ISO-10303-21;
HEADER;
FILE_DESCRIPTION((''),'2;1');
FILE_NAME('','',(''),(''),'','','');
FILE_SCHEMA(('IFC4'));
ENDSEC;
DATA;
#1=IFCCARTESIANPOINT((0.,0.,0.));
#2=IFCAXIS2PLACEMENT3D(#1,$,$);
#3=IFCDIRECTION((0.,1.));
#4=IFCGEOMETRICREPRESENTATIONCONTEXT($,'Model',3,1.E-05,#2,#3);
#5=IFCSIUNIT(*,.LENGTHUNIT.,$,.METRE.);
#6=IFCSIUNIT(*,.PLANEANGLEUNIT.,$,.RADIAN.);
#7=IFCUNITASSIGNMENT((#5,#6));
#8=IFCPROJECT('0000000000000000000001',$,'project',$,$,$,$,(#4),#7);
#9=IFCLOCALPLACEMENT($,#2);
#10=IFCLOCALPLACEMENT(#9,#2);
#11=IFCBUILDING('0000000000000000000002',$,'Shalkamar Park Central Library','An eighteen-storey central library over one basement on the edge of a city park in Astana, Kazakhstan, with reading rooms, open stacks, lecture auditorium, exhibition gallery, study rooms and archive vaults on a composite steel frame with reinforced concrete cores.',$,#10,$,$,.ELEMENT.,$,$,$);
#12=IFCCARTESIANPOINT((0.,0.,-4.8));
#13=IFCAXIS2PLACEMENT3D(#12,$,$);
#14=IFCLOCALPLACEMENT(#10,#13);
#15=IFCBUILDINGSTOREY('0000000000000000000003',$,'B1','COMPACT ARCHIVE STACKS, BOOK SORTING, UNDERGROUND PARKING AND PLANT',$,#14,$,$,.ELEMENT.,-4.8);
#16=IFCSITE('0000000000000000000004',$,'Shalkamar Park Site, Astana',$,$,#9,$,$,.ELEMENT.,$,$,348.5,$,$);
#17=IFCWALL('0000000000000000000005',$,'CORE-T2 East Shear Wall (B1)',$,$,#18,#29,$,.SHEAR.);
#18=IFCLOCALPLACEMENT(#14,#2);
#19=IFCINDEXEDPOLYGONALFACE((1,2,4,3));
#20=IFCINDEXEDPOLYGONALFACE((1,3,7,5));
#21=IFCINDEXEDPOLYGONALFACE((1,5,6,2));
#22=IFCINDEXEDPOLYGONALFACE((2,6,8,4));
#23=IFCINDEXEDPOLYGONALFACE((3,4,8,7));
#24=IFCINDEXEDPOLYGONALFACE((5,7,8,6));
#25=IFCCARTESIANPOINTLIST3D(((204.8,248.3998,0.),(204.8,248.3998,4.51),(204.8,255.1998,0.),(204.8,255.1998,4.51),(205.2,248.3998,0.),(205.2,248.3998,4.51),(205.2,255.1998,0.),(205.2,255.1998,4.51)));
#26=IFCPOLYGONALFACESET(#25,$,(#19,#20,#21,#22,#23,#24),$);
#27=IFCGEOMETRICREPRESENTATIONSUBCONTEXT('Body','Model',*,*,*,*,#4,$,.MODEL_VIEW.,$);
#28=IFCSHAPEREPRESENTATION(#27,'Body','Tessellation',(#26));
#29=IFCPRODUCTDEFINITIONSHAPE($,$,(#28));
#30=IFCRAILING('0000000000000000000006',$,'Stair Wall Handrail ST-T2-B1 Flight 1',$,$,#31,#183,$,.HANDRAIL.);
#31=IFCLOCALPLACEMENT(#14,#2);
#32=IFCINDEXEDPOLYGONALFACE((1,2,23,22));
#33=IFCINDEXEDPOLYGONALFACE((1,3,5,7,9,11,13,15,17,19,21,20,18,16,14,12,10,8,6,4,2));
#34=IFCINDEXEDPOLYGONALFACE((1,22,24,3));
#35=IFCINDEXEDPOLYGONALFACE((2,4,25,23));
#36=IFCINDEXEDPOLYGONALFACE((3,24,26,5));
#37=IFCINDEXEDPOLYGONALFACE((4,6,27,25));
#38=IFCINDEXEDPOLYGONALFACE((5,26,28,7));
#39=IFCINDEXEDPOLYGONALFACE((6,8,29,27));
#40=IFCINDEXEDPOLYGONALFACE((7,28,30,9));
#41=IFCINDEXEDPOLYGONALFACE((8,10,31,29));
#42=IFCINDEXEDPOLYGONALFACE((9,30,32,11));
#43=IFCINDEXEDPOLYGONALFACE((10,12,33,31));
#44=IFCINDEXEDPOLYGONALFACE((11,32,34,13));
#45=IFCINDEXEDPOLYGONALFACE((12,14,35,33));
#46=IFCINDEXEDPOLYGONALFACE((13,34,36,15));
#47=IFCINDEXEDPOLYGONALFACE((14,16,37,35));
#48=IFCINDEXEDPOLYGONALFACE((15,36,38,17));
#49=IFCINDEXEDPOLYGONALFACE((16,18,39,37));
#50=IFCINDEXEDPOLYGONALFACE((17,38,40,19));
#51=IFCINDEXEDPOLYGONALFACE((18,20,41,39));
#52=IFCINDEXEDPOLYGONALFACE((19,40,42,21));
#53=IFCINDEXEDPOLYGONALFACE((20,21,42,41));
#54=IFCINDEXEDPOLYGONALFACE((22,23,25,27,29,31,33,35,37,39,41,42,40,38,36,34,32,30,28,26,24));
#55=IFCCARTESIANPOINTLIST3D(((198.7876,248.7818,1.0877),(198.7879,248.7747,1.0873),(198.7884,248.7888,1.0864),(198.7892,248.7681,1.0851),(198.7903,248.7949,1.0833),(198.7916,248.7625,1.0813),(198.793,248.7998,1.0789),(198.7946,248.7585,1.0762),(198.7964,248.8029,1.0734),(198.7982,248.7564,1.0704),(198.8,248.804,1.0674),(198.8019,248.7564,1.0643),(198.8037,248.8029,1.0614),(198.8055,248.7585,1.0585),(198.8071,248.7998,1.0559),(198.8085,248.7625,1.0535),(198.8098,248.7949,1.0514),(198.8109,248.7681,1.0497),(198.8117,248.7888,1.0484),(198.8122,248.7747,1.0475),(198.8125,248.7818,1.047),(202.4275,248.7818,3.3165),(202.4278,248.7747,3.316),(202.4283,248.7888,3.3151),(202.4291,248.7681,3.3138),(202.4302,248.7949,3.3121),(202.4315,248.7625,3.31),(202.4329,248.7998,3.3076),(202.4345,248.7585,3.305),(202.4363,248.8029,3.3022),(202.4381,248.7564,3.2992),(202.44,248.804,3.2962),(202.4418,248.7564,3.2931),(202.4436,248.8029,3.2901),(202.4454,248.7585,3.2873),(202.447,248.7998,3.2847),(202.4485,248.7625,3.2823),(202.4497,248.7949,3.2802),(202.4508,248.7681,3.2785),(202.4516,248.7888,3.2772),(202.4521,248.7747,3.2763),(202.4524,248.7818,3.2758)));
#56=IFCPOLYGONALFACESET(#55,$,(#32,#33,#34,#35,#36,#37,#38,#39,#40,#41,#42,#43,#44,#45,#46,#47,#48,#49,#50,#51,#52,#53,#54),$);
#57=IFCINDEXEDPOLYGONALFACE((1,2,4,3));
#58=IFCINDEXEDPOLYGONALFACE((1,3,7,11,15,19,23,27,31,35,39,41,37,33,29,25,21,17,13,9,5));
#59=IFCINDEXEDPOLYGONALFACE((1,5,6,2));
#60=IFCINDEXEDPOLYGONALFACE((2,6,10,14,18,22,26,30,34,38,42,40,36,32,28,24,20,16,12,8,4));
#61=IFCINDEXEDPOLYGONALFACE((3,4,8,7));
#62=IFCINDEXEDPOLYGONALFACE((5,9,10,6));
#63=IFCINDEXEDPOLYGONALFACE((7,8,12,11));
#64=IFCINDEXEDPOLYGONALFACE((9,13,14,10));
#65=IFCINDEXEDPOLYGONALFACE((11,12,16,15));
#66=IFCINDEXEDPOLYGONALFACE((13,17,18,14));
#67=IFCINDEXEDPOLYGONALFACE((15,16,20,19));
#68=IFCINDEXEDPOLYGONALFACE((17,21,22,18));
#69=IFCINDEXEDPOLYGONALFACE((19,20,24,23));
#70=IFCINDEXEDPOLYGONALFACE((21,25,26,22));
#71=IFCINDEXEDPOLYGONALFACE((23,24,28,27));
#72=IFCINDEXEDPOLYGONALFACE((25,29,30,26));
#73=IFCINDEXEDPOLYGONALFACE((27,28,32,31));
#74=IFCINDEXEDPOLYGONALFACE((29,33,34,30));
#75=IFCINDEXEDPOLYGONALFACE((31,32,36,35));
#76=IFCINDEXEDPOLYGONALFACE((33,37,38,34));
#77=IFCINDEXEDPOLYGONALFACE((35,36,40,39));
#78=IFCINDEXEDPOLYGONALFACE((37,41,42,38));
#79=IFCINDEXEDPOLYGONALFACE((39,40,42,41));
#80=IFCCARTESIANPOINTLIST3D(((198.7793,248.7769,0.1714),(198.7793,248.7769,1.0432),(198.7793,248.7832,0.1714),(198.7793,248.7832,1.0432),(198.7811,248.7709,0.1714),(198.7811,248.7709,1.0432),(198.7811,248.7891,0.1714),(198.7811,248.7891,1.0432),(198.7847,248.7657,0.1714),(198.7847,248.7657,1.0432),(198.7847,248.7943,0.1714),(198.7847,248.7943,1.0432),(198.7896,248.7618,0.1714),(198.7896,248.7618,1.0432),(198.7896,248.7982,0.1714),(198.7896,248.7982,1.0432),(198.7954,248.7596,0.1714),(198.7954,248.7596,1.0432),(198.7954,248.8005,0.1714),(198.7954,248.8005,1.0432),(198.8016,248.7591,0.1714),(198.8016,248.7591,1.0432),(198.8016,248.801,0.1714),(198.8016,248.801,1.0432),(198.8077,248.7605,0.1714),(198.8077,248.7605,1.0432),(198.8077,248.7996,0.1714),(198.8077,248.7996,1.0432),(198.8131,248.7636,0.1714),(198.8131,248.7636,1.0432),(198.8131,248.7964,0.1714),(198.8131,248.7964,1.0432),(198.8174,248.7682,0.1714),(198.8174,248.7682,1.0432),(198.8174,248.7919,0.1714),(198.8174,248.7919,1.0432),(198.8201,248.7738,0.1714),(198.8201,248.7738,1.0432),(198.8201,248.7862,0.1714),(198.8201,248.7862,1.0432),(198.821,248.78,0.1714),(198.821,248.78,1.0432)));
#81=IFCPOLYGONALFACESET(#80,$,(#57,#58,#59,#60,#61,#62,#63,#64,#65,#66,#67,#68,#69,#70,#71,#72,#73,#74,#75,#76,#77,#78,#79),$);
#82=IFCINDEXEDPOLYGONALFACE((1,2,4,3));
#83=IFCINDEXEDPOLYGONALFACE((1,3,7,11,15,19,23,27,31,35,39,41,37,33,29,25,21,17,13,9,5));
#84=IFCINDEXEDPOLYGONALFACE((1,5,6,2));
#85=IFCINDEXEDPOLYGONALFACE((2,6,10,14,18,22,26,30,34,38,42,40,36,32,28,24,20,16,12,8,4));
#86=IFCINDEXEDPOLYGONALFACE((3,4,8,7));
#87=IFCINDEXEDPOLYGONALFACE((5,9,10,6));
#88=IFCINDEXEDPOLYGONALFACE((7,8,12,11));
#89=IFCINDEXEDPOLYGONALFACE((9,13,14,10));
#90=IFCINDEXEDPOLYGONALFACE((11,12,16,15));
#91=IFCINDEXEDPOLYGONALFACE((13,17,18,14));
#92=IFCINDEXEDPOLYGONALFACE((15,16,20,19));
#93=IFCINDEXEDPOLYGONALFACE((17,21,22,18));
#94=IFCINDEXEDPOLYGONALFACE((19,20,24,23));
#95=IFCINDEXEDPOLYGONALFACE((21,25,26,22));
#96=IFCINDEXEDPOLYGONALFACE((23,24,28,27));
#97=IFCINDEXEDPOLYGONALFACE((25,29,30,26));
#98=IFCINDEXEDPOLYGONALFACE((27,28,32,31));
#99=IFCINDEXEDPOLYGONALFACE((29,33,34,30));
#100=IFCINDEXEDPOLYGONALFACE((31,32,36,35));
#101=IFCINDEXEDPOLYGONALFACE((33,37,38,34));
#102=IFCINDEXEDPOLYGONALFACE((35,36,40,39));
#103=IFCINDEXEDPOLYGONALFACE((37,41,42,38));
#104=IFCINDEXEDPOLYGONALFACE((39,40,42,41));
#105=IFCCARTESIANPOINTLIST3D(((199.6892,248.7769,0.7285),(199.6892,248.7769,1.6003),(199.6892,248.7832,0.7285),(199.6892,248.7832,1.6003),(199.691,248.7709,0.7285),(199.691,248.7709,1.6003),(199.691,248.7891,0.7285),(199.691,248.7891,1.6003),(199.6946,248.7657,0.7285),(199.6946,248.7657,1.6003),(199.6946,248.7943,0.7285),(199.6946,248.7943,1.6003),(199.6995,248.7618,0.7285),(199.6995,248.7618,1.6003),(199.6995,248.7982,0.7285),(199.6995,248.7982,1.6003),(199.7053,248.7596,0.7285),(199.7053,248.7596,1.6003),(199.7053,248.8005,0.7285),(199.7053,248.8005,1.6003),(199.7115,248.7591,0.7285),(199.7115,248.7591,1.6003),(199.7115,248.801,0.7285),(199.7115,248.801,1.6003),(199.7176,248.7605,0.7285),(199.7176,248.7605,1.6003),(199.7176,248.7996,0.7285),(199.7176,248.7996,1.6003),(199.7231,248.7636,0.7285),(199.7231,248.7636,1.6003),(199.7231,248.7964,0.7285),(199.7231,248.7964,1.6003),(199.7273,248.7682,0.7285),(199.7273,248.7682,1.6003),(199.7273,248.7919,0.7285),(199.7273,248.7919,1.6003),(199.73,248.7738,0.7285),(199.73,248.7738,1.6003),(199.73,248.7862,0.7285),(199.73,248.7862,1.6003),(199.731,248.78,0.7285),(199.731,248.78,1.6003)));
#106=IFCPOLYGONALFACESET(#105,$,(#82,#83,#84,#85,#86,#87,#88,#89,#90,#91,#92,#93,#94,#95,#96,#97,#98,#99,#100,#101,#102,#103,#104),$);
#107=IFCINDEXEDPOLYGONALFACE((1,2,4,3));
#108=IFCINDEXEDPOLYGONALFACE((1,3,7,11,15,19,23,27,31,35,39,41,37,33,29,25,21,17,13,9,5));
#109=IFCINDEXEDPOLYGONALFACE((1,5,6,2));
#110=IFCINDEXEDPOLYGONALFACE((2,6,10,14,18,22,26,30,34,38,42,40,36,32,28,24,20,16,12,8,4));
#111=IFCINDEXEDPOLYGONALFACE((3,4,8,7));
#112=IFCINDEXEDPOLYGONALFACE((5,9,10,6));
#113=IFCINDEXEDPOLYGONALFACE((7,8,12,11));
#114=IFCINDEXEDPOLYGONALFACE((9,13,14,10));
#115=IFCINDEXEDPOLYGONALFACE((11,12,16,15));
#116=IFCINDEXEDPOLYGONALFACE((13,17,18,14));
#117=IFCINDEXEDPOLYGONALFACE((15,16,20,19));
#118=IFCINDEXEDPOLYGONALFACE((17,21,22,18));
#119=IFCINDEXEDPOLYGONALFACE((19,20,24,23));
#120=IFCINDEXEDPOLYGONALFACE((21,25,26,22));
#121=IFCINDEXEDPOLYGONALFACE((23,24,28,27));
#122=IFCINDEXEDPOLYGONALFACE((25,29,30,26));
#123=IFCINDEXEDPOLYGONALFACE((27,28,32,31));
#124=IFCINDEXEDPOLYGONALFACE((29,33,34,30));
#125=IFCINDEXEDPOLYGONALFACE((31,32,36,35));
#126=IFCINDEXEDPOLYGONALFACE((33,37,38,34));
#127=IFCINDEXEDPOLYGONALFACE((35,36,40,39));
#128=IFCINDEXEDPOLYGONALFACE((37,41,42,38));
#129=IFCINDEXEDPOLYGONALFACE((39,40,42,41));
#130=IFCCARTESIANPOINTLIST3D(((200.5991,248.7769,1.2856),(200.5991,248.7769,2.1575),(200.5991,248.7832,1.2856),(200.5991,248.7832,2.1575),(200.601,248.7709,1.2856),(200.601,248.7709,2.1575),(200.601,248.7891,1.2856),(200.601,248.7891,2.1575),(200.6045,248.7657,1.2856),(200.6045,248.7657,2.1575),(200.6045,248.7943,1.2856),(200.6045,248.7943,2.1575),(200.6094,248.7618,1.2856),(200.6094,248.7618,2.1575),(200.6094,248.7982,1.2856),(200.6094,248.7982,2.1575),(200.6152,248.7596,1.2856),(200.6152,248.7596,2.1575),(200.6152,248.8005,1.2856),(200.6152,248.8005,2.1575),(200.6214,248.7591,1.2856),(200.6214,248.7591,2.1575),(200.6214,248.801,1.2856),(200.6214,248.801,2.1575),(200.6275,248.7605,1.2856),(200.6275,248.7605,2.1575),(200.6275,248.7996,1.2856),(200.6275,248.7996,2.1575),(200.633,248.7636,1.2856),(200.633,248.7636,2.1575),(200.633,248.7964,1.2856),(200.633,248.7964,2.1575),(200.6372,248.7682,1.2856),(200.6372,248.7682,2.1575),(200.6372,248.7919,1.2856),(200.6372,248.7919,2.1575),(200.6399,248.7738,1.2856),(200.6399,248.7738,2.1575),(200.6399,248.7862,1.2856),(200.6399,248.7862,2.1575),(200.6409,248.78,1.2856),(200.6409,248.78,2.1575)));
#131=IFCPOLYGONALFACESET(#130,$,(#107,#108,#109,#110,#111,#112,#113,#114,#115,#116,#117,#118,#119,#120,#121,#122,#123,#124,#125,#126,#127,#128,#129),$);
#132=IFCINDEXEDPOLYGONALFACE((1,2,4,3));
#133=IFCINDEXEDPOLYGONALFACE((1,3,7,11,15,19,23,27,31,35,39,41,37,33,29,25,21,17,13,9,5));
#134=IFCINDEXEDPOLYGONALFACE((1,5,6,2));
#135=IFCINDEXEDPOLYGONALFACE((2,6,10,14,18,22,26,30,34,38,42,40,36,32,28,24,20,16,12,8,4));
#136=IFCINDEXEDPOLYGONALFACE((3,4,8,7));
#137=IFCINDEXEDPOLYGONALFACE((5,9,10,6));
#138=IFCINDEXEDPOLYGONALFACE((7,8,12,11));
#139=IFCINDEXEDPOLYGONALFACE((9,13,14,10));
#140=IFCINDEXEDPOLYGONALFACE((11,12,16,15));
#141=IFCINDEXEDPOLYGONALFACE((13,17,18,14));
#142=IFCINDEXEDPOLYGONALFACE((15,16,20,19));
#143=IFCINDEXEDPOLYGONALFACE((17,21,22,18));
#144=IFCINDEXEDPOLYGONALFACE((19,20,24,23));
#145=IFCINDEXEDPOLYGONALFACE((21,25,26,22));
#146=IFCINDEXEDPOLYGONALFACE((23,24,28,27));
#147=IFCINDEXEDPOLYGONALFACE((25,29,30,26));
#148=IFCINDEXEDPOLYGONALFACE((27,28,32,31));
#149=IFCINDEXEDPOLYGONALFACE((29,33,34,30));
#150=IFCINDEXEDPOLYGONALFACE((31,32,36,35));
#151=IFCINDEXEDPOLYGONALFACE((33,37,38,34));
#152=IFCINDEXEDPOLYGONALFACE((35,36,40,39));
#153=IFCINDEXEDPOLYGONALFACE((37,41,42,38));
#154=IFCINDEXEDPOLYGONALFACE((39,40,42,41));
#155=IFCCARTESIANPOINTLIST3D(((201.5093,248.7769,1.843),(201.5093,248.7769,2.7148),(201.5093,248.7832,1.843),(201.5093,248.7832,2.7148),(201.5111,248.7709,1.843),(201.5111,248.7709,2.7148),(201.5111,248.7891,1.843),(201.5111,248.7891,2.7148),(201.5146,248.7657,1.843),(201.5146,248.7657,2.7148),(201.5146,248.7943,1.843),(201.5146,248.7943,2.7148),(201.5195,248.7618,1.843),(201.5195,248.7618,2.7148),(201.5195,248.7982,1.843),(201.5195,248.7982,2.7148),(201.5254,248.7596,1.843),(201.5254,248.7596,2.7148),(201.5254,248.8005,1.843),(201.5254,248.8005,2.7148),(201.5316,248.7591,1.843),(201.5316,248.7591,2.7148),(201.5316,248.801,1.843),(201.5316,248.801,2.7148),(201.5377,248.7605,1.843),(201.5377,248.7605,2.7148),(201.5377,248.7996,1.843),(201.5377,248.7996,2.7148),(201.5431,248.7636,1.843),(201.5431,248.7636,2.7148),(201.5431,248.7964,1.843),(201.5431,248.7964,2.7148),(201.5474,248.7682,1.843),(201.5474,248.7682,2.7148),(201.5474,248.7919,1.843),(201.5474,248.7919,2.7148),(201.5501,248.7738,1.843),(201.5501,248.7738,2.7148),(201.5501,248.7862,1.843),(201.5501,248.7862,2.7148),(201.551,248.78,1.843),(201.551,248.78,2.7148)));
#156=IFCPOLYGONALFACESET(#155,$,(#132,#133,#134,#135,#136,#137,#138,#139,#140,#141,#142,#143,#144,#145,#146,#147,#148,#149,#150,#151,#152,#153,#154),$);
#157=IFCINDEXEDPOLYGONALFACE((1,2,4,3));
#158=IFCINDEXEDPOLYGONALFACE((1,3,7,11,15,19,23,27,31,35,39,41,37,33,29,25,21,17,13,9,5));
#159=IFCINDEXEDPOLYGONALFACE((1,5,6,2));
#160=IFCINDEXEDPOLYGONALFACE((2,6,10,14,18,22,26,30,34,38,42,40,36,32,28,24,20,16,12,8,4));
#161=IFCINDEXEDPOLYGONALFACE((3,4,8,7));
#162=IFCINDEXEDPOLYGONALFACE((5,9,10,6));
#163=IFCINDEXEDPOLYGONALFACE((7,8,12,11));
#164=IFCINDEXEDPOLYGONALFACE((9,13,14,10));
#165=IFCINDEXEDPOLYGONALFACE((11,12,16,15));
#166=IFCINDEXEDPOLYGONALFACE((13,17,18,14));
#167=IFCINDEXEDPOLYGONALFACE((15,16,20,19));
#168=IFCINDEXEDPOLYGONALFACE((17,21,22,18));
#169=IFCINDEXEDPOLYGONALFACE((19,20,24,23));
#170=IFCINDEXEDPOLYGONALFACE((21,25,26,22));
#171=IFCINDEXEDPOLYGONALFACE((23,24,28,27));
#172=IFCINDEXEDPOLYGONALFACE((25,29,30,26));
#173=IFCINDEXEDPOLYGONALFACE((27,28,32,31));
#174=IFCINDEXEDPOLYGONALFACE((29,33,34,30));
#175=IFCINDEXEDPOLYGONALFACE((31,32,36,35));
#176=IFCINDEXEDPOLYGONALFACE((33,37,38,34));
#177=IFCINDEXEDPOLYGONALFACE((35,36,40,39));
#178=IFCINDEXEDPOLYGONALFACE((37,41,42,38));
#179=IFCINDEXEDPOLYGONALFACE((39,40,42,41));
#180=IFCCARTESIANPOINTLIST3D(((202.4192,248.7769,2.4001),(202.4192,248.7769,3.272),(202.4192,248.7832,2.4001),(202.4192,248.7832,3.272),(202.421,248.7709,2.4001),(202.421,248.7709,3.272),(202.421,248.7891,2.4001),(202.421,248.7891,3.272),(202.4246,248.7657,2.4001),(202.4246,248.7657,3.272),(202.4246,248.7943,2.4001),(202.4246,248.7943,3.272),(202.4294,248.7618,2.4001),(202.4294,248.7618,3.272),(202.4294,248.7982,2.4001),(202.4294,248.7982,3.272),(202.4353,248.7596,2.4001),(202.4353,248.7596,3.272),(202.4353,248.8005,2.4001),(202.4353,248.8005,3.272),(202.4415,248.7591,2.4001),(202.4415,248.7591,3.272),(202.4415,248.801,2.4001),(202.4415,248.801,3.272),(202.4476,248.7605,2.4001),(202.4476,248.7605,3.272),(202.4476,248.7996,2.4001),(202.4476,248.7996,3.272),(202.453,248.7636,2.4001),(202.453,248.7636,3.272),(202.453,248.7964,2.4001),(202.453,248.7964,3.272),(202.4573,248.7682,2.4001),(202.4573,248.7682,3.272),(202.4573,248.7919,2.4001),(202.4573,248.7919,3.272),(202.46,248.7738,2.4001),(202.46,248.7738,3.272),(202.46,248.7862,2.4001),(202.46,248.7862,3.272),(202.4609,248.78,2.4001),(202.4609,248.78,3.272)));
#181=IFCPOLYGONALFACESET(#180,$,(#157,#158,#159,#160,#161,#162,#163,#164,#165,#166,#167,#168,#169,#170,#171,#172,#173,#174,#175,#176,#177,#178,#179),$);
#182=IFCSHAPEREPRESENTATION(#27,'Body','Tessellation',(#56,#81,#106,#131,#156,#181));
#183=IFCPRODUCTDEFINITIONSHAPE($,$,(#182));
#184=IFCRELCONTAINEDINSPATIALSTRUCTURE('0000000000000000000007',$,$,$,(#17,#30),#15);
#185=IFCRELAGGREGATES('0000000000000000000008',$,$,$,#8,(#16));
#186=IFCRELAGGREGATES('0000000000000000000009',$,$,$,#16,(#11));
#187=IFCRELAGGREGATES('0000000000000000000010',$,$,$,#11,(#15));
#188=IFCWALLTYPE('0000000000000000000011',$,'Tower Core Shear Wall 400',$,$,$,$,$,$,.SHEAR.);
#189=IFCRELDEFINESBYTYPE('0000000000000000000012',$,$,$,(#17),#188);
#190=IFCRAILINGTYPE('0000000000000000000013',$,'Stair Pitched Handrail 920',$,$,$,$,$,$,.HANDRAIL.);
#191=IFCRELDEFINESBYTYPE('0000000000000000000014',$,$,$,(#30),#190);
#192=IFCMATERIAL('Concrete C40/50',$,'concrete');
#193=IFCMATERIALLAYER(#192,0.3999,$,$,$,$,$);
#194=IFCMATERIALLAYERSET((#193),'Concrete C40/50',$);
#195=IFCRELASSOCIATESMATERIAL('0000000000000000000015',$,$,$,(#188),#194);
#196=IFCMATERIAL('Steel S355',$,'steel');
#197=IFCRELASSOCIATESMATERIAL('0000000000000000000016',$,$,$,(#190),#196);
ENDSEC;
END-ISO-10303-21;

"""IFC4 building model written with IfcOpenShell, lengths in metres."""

from ifc_helpers import new_model, si_unit, direction, frame, frame_2d, origin, origin_2d, place, context, subcontext, project, spatial, rectangle, circle, extrude, material, layer, layer_set, type_object, element, save


model = new_model("IFC4")

# Units and contexts
model_context = context("Model", 3, precision=1e-05, world=origin(), true_north=direction((0.0, 1.0)))
body_context = subcontext(model_context, "Body", "Model", "MODEL_VIEW")
ifc_project = project(units=[si_unit("LENGTHUNIT", "METRE"), si_unit("PLANEANGLEUNIT", "RADIAN")], contexts=[model_context])

# Site, building, storey
site_placement = place(None, origin())
site = spatial("IfcSite", under=ifc_project, at=site_placement, Name="Shalkamar Park Site, Astana", CompositionType="ELEMENT", RefElevation=348.5)
building_placement = place(site_placement, origin())
building = spatial("IfcBuilding", under=site, at=building_placement, Name="Shalkamar Park Central Library", Description="An eighteen-storey central library over one basement on the edge of a city park in Astana, Kazakhstan, with reading rooms, open stacks, lecture auditorium, exhibition gallery, study rooms and archive vaults on a composite steel frame with reinforced concrete cores.", CompositionType="ELEMENT")
storey_placement = place(building_placement, frame((0.0, 0.0, -4.8)))
storey = spatial("IfcBuildingStorey", under=building, at=storey_placement, Name="B1", Description="COMPACT ARCHIVE STACKS, BOOK SORTING, UNDERGROUND PARKING AND PLANT", CompositionType="ELEMENT", Elevation=-4.8)

# Shared definitions
ifc_material_1 = material(Name="Concrete C40/50", Category="concrete")
ifc_material_2 = material(Name="Steel S355", Category="steel")

# Wall
ifc_layer_1 = layer(ifc_material_1, 0.3999)
ifc_layer_set_1 = layer_set([ifc_layer_1], Name="Concrete C40/50")
wall_type_1 = type_object("IfcWallType", Name="Tower Core Shear Wall 400", PredefinedType="SHEAR", material=ifc_layer_set_1)
wall_1_placement = place(storey_placement, frame((205.0, 248.3999, 0.0), z_axis=(0.0, 0.0, 1.0), x_axis=(0.0, 1.0, 0.0)))
element("IfcWall", 1, at=wall_1_placement, inside=storey, type_object=wall_type_1, Name="CORE-T2 East Shear Wall (B1)", PredefinedType="SHEAR", context=body_context, shape_type="SweptSolid", body=[
    extrude(rectangle(XDim=6.8, YDim=0.3999, at=frame_2d((3.3999, 0.0))), origin(), (0.0, 0.0, 1.0), 4.51),
])

# Railing
railing_type = type_object("IfcRailingType", Name="Stair Pitched Handrail 920", PredefinedType="HANDRAIL", material=ifc_material_2)
railing_placement = place(storey_placement, frame((198.8, 248.78, 0.1714)))
element("IfcRailing", 2, at=railing_placement, inside=storey, type_object=railing_type, Name="Stair Wall Handrail ST-T2-B1 Flight 1", PredefinedType="HANDRAIL", context=body_context, shape_type="SweptSolid", body=[
    extrude(circle(Radius=0.0239, at=origin_2d()), frame((0.0, 0.0, 0.896), z_axis=(0.852825, 0.0, 0.522197), x_axis=(0.0, 1.0, 0.0)), (0.0, 0.0, 1.0), 4.2681),
    extrude(circle(Radius=0.021, at=origin_2d()), origin(), (0.0, 0.0, 1.0), 0.8718),
    extrude(circle(Radius=0.021, at=origin_2d()), frame((0.9099, 0.0, 0.5571)), (0.0, 0.0, 1.0), 0.8718),
    extrude(circle(Radius=0.021, at=origin_2d()), frame((1.8198, 0.0, 1.1143)), (0.0, 0.0, 1.0), 0.8718),
    extrude(circle(Radius=0.021, at=origin_2d()), frame((2.73, 0.0, 1.6716)), (0.0, 0.0, 1.0), 0.8718),
    extrude(circle(Radius=0.021, at=origin_2d()), frame((3.6399, 0.0, 2.2288)), (0.0, 0.0, 1.0), 0.8718),
])

save(model, "model.ifc")
